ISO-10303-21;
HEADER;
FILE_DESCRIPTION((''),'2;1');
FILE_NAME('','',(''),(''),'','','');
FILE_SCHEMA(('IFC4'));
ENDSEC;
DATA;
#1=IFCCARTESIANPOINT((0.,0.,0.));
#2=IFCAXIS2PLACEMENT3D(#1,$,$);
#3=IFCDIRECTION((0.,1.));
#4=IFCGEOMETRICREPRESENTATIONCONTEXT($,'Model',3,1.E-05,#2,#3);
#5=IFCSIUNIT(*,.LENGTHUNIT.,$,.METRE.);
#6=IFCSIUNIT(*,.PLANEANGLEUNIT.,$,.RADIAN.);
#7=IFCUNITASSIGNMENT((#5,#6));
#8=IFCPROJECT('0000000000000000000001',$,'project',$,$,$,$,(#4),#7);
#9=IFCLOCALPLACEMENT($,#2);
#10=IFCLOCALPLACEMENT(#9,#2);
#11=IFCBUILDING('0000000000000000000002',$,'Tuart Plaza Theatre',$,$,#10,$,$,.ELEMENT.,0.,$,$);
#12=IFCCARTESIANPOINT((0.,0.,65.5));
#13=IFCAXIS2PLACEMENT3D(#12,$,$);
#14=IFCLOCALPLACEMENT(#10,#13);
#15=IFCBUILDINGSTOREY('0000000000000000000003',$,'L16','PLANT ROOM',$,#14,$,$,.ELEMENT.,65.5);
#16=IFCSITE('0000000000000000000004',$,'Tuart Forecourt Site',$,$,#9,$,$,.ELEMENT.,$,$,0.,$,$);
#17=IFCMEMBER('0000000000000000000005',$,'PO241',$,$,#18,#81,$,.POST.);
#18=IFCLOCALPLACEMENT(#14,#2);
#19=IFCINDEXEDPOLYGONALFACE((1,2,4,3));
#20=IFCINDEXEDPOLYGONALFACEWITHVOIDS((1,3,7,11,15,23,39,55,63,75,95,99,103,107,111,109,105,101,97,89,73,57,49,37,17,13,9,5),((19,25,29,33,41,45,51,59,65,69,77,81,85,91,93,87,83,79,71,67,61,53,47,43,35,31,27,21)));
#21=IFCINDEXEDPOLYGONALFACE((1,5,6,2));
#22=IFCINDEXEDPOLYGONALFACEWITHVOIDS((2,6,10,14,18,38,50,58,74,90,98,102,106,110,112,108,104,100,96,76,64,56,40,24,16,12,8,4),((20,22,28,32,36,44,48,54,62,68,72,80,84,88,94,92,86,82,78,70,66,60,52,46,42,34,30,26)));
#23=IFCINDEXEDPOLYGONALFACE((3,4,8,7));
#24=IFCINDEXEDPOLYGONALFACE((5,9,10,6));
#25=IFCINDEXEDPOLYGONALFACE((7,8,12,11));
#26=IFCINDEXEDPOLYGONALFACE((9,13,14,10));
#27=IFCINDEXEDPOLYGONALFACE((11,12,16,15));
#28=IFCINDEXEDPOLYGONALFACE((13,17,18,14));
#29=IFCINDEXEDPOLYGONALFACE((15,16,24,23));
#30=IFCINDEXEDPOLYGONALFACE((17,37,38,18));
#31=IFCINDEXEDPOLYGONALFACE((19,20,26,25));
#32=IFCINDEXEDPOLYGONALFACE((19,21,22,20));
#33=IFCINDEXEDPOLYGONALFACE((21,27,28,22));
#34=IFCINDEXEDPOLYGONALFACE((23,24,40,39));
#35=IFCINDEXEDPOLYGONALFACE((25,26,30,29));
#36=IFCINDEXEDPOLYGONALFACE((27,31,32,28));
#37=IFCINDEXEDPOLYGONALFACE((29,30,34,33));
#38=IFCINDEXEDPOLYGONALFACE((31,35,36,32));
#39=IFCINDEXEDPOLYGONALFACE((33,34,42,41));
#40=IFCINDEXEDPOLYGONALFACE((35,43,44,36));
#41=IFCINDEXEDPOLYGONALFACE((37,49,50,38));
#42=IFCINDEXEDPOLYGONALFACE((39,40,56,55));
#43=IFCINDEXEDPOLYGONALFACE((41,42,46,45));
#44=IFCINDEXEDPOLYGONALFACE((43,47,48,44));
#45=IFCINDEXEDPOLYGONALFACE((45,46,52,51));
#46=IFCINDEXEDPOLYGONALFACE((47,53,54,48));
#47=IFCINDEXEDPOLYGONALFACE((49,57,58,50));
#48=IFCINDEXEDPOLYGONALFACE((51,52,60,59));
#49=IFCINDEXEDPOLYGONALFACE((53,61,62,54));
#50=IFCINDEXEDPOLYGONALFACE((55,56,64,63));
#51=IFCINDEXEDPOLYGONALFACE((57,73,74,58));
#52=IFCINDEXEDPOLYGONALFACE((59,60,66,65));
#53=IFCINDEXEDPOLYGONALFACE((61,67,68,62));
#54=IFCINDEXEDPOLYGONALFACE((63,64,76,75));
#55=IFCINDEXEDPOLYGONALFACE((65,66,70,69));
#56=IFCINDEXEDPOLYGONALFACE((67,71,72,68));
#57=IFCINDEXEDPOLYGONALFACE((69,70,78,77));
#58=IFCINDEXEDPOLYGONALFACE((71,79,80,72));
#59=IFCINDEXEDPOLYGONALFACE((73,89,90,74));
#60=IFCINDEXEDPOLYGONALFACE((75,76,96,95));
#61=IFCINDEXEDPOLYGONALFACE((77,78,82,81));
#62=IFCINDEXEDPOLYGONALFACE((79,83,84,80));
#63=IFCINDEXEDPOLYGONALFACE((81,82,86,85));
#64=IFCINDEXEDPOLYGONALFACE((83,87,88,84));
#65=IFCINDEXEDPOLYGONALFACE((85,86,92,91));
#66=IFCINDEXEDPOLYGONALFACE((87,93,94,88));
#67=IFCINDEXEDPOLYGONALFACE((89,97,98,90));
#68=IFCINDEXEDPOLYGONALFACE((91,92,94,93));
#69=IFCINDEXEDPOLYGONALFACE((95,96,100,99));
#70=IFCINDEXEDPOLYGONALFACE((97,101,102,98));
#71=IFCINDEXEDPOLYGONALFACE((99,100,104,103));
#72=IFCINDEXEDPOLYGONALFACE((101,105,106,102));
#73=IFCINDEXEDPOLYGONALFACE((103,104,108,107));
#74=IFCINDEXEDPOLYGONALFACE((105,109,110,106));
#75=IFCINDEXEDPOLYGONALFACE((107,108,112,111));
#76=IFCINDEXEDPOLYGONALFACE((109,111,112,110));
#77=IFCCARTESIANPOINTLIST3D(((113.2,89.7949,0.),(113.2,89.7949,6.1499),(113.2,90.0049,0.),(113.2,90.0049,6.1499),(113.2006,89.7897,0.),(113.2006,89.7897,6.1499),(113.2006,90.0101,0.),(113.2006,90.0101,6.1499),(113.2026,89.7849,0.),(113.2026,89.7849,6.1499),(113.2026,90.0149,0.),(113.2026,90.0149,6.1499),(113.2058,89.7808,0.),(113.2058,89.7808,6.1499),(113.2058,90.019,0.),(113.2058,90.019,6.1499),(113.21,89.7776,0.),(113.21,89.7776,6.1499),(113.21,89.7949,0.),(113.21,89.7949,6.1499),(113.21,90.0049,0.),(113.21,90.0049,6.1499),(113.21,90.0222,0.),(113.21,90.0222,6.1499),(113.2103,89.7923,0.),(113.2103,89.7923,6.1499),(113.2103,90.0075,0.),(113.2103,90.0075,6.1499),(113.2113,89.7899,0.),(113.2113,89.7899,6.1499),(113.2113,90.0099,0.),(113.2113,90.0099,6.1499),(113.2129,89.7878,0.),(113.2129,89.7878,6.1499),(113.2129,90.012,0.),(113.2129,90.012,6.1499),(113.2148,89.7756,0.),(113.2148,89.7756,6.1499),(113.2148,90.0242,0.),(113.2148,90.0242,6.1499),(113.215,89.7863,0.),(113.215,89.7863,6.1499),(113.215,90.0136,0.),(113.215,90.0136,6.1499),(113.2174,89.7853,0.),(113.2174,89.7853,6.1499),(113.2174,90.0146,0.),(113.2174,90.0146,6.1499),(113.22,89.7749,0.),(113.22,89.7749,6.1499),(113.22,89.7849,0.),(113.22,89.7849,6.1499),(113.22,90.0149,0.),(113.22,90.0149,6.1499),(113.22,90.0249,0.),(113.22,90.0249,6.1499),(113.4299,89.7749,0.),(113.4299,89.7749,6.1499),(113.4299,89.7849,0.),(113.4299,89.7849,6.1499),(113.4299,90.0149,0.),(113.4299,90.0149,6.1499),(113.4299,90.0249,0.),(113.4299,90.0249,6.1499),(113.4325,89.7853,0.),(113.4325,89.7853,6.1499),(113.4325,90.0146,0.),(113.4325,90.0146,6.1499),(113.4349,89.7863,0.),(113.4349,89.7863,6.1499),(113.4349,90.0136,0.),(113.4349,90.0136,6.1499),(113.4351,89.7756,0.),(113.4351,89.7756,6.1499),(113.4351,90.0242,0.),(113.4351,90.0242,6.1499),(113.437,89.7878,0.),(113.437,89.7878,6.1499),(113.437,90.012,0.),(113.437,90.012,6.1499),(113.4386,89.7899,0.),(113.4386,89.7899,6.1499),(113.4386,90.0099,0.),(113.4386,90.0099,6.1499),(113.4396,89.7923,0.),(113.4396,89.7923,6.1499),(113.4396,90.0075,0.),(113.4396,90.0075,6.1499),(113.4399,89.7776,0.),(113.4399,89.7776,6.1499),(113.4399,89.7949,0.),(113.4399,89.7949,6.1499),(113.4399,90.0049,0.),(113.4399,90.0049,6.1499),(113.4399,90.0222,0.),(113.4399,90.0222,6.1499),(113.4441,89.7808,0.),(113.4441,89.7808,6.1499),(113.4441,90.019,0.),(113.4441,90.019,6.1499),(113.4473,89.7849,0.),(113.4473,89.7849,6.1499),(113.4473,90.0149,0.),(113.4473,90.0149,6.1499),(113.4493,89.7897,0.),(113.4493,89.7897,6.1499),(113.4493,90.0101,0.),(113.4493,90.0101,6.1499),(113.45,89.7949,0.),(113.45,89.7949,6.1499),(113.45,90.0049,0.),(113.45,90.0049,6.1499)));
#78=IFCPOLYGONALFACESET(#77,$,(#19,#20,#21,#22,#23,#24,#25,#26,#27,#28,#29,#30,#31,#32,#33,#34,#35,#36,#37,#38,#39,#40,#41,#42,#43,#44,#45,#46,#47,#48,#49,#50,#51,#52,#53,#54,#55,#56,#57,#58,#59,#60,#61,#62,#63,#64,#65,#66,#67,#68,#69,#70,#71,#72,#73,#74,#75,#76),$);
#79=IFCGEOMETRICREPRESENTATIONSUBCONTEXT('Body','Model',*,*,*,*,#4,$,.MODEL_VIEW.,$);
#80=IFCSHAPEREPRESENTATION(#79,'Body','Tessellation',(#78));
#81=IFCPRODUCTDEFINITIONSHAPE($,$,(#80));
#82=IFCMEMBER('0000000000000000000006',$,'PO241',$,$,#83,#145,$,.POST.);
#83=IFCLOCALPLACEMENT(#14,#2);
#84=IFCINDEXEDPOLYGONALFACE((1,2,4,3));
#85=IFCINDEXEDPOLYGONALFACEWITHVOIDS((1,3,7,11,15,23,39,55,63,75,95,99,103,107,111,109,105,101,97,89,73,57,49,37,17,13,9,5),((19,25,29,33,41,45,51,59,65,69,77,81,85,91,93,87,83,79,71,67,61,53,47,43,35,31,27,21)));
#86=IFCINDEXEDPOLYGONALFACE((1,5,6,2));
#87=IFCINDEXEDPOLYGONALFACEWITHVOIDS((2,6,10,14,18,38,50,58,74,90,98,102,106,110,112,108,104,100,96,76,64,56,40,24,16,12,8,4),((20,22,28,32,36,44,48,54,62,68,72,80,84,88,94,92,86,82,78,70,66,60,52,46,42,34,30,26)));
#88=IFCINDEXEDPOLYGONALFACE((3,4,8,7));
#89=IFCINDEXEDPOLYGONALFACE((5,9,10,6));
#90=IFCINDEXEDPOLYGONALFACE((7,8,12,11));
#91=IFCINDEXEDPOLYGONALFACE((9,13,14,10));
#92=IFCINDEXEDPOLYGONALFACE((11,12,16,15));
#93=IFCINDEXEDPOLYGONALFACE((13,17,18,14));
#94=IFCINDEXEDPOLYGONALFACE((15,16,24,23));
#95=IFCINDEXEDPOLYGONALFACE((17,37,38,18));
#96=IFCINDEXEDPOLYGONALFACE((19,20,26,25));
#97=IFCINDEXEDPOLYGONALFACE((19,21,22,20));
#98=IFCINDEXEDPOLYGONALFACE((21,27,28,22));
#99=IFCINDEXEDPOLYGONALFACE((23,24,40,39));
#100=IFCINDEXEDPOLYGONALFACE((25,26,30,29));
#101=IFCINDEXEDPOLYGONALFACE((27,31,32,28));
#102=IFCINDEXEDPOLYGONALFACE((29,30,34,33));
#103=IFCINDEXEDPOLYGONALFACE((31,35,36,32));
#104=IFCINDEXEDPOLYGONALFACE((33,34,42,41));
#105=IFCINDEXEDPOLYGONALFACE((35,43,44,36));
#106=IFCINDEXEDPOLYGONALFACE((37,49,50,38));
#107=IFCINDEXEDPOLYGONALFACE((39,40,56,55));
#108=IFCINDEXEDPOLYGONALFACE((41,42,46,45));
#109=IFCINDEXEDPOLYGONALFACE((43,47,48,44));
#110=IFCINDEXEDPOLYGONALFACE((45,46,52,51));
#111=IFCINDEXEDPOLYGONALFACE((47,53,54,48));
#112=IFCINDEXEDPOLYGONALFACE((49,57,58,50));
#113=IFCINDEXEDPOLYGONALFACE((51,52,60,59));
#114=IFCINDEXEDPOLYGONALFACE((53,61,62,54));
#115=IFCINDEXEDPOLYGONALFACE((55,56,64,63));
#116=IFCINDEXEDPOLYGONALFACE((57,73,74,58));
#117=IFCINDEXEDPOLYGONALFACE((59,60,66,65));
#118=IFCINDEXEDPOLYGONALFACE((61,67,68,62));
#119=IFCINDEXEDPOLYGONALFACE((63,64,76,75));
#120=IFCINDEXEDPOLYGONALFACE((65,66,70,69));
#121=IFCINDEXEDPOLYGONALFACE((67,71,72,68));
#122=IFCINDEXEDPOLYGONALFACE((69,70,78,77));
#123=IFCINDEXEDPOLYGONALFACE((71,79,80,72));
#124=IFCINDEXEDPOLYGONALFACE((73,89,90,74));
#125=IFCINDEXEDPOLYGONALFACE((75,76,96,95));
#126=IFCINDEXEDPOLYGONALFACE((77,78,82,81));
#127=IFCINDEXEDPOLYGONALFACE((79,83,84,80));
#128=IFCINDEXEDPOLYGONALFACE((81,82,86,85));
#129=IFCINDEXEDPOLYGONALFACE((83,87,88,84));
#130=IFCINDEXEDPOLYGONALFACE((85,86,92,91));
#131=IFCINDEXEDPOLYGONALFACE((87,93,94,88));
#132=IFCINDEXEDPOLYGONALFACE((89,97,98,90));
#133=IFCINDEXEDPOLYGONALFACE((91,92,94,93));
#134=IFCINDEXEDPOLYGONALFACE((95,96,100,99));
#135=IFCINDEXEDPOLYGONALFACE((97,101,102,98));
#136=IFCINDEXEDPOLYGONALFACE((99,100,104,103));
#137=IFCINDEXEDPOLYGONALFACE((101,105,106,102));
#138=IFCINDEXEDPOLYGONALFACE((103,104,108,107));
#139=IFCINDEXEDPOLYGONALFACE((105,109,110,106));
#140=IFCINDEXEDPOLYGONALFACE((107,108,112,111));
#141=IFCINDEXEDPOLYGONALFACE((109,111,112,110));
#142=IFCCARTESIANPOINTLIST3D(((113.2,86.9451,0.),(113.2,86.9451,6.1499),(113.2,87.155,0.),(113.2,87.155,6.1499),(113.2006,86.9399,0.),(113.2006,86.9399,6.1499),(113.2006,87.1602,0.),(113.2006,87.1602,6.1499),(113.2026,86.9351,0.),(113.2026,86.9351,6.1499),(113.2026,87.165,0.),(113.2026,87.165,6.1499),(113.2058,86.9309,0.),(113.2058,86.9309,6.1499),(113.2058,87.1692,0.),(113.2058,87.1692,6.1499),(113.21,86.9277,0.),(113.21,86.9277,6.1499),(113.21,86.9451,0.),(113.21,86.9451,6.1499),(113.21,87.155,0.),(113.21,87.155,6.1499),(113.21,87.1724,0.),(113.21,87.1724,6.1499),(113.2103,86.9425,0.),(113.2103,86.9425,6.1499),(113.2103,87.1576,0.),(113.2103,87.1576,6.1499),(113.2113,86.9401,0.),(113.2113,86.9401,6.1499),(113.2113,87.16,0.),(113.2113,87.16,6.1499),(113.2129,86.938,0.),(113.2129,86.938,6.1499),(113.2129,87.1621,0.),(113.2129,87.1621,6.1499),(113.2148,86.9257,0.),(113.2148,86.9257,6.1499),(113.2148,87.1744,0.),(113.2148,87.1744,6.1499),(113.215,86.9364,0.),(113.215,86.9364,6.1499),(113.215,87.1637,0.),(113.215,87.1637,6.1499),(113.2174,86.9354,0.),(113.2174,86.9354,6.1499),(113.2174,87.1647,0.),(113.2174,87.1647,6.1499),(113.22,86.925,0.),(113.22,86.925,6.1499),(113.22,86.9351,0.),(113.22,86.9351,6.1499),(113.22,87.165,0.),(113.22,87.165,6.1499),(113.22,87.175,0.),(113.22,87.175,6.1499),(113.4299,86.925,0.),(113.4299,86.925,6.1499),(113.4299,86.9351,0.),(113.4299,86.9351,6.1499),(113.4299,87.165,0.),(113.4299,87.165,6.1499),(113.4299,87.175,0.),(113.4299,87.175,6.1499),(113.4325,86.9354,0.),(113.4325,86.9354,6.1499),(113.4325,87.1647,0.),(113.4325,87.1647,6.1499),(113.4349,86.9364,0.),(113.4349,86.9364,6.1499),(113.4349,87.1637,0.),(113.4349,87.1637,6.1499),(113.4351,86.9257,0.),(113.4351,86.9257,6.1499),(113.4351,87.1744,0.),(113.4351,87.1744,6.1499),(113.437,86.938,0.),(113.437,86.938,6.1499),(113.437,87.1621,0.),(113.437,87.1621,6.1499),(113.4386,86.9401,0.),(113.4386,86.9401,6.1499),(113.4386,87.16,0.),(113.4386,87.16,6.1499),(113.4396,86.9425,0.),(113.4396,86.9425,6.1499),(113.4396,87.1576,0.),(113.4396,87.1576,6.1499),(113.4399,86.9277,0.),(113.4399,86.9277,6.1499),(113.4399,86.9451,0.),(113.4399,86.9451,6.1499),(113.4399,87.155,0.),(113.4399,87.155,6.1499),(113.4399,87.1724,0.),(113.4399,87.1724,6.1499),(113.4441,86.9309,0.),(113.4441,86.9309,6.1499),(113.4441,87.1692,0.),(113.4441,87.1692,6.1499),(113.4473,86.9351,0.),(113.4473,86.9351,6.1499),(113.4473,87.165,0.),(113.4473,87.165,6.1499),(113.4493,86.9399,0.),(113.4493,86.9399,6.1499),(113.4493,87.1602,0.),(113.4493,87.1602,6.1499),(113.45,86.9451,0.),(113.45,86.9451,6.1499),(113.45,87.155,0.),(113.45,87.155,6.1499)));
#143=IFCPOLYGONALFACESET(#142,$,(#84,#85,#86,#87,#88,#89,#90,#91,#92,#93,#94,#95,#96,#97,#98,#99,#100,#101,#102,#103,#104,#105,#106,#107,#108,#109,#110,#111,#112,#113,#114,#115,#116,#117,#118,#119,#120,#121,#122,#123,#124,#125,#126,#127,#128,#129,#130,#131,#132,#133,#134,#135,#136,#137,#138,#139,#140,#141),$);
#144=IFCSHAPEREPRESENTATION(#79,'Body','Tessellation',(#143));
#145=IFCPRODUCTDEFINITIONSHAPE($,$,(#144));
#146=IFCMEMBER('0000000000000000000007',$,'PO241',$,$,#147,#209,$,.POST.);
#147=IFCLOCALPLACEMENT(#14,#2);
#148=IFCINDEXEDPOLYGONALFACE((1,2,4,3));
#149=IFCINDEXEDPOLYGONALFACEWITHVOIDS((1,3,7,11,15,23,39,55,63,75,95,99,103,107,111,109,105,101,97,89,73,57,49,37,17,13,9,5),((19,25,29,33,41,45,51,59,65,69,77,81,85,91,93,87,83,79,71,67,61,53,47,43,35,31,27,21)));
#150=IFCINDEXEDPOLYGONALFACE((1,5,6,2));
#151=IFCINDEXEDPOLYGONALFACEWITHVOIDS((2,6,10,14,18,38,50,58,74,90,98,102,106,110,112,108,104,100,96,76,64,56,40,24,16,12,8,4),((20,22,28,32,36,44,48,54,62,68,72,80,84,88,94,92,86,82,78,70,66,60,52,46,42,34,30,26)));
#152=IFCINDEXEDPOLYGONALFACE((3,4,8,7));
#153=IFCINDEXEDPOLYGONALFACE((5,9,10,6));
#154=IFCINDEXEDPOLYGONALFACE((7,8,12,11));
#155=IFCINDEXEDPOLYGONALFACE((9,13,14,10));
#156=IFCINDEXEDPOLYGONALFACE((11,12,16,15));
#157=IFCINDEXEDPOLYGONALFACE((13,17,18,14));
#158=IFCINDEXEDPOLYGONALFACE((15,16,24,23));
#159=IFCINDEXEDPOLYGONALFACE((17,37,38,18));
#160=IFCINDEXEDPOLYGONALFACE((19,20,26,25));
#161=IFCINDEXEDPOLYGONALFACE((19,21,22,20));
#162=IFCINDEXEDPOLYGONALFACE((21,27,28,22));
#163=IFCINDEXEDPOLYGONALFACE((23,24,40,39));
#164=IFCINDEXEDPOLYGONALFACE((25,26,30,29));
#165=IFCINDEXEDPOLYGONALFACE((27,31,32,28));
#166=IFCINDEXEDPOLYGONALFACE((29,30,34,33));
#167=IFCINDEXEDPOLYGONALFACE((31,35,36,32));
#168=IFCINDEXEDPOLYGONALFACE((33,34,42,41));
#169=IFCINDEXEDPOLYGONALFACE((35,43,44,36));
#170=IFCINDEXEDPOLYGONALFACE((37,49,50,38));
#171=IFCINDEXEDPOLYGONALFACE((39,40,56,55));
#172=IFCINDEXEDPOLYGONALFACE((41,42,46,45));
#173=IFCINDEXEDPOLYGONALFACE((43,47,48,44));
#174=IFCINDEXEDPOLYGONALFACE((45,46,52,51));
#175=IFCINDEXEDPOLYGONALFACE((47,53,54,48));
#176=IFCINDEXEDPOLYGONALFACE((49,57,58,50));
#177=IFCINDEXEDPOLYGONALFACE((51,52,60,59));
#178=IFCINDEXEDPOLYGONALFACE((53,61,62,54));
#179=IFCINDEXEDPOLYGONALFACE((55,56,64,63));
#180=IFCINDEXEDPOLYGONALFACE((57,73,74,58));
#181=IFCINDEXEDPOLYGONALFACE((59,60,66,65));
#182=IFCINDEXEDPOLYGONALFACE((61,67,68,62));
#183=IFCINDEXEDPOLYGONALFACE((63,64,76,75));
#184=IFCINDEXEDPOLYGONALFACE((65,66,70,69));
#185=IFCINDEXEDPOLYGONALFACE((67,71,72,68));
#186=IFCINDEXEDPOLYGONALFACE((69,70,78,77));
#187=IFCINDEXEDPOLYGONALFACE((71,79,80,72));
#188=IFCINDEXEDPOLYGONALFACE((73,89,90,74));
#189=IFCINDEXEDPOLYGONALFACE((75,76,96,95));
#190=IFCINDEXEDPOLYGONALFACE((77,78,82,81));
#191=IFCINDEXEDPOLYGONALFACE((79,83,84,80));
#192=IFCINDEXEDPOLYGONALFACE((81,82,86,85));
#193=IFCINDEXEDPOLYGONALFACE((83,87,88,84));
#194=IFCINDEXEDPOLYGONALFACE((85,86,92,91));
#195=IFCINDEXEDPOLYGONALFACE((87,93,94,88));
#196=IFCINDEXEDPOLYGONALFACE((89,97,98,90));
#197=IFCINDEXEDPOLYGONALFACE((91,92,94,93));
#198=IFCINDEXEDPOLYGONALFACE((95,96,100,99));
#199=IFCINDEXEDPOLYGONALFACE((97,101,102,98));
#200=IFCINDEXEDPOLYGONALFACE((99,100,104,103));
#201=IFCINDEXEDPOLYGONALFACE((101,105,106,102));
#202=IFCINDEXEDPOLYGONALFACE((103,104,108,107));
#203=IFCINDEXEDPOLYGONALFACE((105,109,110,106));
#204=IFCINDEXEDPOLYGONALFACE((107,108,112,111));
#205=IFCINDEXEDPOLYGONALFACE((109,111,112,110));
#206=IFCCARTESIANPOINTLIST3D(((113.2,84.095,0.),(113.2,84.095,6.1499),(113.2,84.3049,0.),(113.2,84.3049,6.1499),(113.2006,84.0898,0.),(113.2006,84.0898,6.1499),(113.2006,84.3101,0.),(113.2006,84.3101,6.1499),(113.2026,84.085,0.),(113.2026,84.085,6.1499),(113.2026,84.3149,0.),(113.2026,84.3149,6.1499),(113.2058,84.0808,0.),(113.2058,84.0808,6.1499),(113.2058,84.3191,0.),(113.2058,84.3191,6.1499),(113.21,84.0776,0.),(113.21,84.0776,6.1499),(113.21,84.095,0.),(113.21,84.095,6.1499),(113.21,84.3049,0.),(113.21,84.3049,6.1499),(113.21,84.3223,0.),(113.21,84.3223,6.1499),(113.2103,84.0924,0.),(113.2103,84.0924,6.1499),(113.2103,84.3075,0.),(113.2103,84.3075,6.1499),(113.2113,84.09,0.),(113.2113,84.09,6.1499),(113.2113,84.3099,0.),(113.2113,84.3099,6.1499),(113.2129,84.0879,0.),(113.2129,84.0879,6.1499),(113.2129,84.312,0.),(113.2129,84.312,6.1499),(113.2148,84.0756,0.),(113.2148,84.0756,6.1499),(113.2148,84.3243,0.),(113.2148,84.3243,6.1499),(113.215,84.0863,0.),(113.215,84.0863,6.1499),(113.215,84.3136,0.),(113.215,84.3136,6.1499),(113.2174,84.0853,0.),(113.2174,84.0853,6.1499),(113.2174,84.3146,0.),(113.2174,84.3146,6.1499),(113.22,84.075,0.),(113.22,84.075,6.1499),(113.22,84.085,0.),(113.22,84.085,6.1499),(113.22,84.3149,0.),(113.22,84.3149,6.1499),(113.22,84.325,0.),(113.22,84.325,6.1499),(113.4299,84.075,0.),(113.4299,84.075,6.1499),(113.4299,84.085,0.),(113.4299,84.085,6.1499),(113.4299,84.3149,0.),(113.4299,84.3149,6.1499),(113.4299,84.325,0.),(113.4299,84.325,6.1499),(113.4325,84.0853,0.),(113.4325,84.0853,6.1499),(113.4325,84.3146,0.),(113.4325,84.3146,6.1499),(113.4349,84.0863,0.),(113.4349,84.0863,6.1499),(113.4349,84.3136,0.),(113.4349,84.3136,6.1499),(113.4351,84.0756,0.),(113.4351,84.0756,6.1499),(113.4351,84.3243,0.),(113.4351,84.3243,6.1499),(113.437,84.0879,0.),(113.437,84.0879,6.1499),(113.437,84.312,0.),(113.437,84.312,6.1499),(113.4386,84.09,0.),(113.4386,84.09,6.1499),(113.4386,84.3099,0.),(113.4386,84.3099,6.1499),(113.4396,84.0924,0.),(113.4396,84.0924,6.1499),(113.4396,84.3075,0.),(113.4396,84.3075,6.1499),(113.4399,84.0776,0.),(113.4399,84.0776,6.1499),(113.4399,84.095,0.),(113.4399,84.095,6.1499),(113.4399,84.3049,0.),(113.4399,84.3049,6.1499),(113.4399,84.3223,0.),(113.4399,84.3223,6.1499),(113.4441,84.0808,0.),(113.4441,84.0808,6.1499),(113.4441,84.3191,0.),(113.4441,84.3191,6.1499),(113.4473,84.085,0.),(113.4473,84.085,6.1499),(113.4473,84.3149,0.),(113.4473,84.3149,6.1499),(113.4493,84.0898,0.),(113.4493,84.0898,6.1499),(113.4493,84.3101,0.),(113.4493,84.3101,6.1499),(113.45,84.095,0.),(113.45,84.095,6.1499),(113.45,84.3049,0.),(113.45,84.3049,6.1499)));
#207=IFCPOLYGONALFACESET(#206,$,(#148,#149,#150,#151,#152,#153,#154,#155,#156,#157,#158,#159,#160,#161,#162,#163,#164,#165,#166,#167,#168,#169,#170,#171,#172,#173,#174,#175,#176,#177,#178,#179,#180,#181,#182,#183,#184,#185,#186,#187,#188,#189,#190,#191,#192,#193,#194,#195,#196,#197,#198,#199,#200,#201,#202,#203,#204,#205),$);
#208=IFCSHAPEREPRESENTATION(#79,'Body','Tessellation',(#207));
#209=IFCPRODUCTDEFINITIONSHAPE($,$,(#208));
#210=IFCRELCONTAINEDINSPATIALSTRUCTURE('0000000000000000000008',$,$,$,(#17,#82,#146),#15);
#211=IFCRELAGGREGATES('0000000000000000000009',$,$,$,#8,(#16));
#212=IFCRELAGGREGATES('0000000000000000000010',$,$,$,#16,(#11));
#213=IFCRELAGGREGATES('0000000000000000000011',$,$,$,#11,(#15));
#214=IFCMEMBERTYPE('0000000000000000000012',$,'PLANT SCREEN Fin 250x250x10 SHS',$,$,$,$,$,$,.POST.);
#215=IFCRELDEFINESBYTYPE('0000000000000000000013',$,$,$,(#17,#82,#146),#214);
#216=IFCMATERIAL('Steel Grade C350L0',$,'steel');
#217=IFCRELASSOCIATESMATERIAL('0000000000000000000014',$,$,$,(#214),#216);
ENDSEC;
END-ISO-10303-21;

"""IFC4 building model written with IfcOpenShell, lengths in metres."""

from ifc_helpers import new_model, si_unit, direction, frame, origin, origin_2d, place, context, subcontext, project, spatial, hollow_rectangle, extrude, material, material_profile, profile_set, type_object, element, save


model = new_model("IFC4")

# Units and contexts
model_context = context("Model", 3, precision=1e-05, world=origin(), true_north=direction((0.0, 1.0)))
body_context = subcontext(model_context, "Body", "Model", "MODEL_VIEW")
ifc_project = project(units=[si_unit("LENGTHUNIT", "METRE"), si_unit("PLANEANGLEUNIT", "RADIAN")], contexts=[model_context])

# Site, building, storey
site_placement = place(None, origin())
site = spatial("IfcSite", under=ifc_project, at=site_placement, Name="Tuart Forecourt Site", CompositionType="ELEMENT", RefElevation=0.0)
building_placement = place(site_placement, origin())
building = spatial("IfcBuilding", under=site, at=building_placement, Name="Tuart Plaza Theatre", CompositionType="ELEMENT", ElevationOfRefHeight=0.0)
storey_placement = place(building_placement, frame((0.0, 0.0, 65.5)))
storey = spatial("IfcBuildingStorey", under=building, at=storey_placement, Name="L16", Description="PLANT ROOM", CompositionType="ELEMENT", Elevation=65.5)

# Members
ifc_material_1 = material(Name="Steel Grade C350L0", Category="steel")
ifc_material_profile = material_profile(ifc_material_1, hollow_rectangle(XDim=0.25, YDim=0.25, WallThickness=0.01, InnerFilletRadius=0.01, OuterFilletRadius=0.02, at=origin_2d()), Name="250x250x10 SHS")
ifc_profile_set = profile_set([ifc_material_profile], Name="Steel Grade C350L0")
member_type = type_object("IfcMemberType", Name="PLANT SCREEN Fin 250x250x10 SHS", PredefinedType="POST", material=ifc_profile_set)
for number, where, z_axis, x_axis, name in (
    (1, (113.325, 89.8999, 0.0), (0.0, 0.0, 1.0), (1.0, 0.0, 0.0), "PO241"),
    (2, (113.325, 87.05, 0.0), (0.0, 0.0, 1.0), (1.0, 0.0, 0.0), "PO241"),
    (3, (113.325, 84.2, 0.0), (0.0, 0.0, 1.0), (1.0, 0.0, 0.0), "PO241"),
):
    element("IfcMember", number, at=place(storey_placement, frame(where, z_axis=z_axis, x_axis=x_axis)), inside=storey, type_object=member_type, Name=name, PredefinedType="POST", context=body_context, shape_type="SweptSolid", body=[
        extrude(hollow_rectangle(XDim=0.25, YDim=0.25, WallThickness=0.01, InnerFilletRadius=0.01, OuterFilletRadius=0.02, at=origin_2d()), origin(), (0.0, 0.0, 1.0), 6.1499),
    ])

save(model, "model.ifc")
